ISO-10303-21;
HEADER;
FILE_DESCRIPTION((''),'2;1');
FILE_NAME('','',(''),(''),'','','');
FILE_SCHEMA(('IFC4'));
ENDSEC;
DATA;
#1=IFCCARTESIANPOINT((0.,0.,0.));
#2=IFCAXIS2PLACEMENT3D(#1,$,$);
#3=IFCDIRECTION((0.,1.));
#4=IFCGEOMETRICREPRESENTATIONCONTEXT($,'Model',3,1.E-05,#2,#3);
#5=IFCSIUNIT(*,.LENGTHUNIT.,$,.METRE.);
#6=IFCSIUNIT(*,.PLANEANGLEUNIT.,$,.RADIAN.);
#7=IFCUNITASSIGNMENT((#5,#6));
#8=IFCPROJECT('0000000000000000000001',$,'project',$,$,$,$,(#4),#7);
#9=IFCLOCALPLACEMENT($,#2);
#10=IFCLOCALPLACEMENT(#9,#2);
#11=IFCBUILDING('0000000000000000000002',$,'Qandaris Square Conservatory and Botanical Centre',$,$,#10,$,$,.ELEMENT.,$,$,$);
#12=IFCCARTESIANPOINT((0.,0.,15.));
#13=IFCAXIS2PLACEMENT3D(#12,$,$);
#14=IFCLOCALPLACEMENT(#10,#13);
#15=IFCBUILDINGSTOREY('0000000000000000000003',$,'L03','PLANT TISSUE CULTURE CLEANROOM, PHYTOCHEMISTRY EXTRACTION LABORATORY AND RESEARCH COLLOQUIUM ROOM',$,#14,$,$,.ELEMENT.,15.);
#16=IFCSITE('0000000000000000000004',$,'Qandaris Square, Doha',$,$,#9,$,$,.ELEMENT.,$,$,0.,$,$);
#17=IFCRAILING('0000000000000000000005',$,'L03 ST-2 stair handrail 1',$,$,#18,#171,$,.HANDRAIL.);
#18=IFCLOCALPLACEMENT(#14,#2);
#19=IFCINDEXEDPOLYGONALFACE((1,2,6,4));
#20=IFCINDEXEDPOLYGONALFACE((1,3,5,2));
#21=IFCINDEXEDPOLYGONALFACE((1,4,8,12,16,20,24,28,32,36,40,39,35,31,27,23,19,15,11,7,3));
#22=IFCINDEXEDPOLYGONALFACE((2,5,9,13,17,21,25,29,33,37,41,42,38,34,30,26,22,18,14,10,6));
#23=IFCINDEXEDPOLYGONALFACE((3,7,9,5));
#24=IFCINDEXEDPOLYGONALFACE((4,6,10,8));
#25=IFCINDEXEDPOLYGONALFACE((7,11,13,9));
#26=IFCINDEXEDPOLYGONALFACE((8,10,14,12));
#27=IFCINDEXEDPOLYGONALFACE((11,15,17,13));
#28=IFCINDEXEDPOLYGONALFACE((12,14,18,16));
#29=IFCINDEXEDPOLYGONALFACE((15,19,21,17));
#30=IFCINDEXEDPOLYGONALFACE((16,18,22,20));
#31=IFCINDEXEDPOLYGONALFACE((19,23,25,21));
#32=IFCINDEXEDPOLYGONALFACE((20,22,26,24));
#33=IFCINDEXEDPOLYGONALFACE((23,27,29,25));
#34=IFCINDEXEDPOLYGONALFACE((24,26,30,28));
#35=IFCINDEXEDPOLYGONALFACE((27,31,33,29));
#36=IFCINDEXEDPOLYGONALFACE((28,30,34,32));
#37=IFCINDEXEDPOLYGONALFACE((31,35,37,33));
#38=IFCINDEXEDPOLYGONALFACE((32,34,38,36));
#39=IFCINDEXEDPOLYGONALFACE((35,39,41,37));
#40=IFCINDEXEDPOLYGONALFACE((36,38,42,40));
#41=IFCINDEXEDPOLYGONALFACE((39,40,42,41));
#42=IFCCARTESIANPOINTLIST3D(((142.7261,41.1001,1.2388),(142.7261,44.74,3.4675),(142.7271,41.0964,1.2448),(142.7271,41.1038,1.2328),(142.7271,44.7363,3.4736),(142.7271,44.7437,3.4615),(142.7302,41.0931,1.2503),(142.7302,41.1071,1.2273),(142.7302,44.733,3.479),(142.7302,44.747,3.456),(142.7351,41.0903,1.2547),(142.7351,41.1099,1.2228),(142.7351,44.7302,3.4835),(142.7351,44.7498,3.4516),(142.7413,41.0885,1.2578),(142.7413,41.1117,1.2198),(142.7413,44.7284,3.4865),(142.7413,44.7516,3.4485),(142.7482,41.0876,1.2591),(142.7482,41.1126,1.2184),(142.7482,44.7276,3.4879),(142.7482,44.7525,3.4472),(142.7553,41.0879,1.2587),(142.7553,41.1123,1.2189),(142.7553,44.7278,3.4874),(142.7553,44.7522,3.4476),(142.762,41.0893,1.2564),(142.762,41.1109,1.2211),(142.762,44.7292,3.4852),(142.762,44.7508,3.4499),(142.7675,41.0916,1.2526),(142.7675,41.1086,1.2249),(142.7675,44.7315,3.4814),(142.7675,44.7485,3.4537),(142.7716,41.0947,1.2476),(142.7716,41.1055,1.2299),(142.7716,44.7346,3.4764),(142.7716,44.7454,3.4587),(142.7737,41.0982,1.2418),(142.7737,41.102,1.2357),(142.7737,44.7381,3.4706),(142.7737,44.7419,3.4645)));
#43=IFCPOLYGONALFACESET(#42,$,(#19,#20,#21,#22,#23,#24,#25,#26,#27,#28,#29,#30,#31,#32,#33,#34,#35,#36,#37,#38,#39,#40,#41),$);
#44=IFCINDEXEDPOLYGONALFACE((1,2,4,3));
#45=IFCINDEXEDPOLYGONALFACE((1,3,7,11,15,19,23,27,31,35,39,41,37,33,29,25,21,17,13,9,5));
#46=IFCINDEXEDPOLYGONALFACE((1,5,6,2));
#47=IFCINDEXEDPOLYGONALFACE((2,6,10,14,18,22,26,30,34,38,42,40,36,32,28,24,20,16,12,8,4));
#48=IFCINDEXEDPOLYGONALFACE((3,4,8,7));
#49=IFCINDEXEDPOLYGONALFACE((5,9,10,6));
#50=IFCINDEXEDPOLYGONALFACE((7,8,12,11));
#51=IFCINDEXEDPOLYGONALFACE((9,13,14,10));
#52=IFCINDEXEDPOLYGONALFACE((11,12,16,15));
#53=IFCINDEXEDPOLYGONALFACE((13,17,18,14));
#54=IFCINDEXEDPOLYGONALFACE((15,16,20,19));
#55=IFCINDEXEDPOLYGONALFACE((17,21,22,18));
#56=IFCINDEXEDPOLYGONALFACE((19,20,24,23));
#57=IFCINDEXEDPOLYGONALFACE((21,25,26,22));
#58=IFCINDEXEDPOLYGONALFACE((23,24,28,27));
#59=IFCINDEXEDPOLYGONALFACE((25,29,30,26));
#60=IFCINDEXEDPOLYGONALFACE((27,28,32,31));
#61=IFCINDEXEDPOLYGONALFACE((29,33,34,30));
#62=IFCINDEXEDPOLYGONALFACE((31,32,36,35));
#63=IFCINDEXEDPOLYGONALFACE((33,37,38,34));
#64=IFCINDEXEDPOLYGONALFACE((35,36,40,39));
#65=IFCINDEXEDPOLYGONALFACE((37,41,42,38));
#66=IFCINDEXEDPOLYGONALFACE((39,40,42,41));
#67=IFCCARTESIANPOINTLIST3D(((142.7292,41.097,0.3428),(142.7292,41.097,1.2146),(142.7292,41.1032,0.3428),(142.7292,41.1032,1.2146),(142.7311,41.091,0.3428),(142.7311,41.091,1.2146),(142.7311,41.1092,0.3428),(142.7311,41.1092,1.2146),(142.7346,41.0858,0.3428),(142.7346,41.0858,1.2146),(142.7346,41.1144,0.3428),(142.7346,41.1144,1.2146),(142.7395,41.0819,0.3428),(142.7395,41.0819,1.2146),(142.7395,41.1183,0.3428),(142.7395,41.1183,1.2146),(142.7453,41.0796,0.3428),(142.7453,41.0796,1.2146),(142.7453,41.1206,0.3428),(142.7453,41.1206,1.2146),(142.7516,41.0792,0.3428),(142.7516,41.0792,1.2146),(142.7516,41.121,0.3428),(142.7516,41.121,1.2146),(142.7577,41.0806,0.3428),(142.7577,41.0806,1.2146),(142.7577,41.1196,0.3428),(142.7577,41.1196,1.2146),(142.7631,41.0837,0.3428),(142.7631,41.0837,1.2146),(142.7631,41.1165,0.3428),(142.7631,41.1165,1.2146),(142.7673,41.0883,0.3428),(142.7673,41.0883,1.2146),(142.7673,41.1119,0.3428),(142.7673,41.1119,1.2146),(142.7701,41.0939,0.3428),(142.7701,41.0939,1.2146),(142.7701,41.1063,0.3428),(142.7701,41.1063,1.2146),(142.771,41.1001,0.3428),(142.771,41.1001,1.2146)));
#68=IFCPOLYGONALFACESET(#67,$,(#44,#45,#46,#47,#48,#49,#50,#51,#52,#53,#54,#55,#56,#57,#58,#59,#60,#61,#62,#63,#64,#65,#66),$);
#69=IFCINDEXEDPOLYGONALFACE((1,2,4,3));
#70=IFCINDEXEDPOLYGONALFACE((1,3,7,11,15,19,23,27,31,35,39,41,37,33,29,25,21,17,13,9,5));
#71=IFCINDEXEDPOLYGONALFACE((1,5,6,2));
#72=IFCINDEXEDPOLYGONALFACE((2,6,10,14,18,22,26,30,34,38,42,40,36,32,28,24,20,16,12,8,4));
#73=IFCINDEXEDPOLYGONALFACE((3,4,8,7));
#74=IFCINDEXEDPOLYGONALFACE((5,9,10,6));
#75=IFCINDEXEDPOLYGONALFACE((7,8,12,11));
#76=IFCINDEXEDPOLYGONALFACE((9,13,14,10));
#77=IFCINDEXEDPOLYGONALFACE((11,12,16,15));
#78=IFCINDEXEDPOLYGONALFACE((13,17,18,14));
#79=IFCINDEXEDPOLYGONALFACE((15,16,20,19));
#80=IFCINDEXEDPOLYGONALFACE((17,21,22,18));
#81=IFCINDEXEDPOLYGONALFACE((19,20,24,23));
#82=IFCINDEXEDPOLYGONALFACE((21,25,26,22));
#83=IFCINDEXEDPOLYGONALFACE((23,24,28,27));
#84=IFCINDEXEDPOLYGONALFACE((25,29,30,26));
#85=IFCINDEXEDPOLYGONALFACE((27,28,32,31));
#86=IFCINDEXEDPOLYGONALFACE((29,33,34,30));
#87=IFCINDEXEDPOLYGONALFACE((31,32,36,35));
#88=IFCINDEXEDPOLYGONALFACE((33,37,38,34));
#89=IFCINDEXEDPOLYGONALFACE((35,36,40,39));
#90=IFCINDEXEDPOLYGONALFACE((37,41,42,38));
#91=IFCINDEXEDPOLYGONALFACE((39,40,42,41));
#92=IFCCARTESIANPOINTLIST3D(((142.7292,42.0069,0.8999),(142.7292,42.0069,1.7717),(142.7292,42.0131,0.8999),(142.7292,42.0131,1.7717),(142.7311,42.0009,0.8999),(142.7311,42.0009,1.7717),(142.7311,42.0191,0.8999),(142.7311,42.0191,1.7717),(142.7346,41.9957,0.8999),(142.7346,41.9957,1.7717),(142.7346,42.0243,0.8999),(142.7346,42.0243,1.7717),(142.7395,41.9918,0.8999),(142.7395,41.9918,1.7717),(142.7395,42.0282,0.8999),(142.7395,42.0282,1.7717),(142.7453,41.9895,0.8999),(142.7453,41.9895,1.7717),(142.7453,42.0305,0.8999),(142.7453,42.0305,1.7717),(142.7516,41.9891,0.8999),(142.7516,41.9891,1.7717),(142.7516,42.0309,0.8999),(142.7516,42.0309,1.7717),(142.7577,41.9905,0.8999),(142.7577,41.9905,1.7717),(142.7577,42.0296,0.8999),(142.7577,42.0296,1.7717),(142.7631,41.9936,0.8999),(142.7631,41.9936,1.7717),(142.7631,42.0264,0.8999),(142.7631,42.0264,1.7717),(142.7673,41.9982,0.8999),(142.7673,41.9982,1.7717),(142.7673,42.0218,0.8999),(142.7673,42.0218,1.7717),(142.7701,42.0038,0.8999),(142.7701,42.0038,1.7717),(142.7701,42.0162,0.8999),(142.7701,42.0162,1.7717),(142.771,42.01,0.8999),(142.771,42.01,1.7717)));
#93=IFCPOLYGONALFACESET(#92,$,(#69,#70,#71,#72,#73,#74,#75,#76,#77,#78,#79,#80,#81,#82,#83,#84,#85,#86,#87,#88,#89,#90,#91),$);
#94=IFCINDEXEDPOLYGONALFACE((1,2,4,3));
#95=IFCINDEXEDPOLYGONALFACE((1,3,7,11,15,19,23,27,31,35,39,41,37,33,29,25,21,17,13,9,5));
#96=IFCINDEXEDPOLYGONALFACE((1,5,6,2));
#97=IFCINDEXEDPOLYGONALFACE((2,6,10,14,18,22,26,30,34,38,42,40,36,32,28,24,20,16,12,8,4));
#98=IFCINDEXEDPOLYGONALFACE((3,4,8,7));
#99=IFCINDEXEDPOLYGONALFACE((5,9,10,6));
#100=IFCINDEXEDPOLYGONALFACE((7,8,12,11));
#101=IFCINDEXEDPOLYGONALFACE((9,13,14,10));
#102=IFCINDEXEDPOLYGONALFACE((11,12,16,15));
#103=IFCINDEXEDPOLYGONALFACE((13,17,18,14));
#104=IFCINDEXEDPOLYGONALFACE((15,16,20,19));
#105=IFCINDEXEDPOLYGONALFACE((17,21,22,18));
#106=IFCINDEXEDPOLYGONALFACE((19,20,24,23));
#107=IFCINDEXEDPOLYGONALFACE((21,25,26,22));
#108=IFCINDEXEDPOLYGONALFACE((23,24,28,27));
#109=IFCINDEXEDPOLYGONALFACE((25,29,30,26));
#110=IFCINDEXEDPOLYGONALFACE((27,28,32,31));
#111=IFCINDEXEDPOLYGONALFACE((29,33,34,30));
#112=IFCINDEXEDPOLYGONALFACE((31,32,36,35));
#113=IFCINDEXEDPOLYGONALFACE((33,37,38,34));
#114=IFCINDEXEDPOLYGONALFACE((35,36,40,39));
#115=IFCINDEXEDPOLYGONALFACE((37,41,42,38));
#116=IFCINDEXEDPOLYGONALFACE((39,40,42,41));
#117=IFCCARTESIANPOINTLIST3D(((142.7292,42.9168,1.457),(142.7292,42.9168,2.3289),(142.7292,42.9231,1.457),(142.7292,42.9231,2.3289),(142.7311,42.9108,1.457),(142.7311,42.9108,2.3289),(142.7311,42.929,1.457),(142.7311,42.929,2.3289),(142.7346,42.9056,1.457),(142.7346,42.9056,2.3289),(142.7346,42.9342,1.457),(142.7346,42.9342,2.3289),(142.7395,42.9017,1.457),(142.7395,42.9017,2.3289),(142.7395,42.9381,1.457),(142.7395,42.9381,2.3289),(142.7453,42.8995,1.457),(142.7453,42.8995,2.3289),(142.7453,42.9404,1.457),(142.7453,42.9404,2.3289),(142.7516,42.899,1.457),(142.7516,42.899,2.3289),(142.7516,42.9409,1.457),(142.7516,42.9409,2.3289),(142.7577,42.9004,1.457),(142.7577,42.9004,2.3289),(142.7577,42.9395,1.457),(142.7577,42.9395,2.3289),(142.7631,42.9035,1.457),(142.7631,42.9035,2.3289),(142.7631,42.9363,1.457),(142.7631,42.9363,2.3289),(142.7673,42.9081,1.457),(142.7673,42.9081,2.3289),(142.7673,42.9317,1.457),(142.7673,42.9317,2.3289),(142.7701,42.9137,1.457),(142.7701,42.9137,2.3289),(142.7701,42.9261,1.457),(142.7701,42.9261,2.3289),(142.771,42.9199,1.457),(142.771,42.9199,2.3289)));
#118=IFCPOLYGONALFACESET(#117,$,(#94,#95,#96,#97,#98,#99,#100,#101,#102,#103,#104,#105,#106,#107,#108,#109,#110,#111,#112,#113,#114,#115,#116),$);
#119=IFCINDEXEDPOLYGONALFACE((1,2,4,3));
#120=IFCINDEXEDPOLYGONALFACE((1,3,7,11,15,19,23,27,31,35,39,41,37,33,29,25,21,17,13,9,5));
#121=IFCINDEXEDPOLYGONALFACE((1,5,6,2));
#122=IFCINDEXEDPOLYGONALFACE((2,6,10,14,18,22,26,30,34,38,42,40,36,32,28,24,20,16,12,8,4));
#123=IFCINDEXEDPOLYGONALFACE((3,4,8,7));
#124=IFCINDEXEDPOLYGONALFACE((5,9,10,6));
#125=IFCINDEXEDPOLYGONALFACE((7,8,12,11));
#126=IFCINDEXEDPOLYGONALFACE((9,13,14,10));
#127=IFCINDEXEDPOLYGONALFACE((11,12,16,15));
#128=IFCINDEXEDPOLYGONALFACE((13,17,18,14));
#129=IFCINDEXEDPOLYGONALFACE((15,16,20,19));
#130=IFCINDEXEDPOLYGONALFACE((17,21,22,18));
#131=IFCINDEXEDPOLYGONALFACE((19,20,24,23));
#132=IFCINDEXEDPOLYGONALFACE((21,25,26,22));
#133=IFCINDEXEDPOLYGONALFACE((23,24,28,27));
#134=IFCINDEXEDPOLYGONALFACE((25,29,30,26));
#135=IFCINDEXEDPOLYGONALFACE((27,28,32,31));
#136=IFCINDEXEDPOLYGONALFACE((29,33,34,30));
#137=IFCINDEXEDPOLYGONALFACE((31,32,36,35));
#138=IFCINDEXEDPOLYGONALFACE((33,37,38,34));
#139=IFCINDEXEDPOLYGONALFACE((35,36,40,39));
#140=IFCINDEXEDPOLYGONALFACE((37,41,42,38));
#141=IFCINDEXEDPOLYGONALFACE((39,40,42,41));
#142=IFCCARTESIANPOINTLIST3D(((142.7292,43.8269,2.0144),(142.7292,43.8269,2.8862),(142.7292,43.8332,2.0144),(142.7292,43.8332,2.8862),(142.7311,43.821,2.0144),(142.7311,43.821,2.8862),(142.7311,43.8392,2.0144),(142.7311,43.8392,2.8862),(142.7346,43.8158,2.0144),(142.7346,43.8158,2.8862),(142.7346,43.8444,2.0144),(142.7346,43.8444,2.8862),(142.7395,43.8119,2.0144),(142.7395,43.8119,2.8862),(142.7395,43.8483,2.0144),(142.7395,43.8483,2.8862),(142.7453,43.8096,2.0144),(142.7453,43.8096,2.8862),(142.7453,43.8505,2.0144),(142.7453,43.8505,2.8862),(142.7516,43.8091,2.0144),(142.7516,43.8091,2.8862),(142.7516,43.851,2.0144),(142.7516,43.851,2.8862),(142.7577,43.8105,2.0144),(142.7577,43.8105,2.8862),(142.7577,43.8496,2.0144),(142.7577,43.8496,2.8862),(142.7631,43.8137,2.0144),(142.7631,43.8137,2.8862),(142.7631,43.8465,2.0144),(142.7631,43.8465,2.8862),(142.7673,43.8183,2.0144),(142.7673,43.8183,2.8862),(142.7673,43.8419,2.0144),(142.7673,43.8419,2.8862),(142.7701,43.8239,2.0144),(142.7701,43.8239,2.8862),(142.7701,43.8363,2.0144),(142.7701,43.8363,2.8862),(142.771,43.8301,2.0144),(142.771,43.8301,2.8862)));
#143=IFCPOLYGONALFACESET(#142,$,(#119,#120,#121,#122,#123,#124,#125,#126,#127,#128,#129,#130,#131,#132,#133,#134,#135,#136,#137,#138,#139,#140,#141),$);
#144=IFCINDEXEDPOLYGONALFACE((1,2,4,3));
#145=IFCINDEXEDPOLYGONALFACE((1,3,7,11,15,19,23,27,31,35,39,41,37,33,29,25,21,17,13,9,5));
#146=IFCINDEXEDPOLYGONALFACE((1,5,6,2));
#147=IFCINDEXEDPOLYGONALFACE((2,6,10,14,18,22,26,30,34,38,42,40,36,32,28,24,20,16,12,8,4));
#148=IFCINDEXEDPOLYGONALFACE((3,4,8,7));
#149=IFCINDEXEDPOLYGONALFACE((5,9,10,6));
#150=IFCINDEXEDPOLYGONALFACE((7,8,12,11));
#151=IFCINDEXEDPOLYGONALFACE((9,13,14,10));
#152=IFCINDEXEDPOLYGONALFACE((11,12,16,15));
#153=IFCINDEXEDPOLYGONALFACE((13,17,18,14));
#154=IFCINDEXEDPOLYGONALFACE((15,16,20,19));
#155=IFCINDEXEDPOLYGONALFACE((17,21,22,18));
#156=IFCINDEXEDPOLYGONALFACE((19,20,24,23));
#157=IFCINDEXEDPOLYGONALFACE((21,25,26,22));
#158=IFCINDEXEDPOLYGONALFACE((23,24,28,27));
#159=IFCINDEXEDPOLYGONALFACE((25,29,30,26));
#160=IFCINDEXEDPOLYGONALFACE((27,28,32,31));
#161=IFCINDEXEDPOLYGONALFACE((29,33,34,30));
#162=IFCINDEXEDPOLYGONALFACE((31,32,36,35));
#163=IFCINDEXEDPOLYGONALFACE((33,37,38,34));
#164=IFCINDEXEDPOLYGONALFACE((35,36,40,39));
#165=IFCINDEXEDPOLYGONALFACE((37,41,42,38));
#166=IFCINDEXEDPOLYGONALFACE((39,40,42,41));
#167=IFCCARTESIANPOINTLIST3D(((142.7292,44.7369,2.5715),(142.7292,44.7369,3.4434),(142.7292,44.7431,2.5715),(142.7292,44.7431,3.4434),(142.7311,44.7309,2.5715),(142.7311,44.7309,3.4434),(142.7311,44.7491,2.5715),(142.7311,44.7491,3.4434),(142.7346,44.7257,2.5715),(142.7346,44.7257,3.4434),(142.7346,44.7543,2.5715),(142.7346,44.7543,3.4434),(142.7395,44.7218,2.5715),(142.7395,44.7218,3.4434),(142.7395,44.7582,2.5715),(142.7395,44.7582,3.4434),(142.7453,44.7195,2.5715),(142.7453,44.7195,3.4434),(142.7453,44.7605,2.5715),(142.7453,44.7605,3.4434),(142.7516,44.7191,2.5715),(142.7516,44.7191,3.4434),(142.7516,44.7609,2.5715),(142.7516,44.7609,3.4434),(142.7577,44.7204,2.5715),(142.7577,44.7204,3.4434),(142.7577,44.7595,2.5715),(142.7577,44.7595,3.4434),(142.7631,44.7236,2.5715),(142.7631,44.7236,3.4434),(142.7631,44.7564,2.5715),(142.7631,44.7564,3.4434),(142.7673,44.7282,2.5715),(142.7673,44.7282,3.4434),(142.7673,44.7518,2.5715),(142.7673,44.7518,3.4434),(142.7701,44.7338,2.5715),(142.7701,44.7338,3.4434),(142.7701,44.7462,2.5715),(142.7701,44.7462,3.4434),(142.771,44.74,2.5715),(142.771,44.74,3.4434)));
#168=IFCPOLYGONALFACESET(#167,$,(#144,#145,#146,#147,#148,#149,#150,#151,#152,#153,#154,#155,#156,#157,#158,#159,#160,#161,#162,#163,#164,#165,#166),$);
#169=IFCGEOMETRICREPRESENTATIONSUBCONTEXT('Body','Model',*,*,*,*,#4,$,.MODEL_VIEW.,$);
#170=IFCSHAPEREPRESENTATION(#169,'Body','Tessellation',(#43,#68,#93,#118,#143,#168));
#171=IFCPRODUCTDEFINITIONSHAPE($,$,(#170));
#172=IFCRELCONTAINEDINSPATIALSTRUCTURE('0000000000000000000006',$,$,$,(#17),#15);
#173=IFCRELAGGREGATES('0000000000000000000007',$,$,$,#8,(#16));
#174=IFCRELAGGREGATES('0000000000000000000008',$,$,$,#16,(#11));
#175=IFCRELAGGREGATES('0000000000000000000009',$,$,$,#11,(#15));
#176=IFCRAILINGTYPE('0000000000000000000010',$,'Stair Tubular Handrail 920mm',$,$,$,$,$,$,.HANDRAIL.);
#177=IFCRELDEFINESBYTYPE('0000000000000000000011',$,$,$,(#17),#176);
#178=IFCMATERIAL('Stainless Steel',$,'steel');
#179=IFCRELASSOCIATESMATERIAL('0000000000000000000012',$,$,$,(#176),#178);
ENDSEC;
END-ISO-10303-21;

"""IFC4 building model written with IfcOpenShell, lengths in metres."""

from ifc_helpers import new_model, si_unit, direction, frame, origin, origin_2d, place, context, subcontext, project, spatial, circle, extrude, material, type_object, element, save


model = new_model("IFC4")

# Units and contexts
model_context = context("Model", 3, precision=1e-05, world=origin(), true_north=direction((0.0, 1.0)))
body_context = subcontext(model_context, "Body", "Model", "MODEL_VIEW")
ifc_project = project(units=[si_unit("LENGTHUNIT", "METRE"), si_unit("PLANEANGLEUNIT", "RADIAN")], contexts=[model_context])

# Site, building, storey
site_placement = place(None, origin())
site = spatial("IfcSite", under=ifc_project, at=site_placement, Name="Qandaris Square, Doha", CompositionType="ELEMENT", RefElevation=0.0)
building_placement = place(site_placement, origin())
building = spatial("IfcBuilding", under=site, at=building_placement, Name="Qandaris Square Conservatory and Botanical Centre", CompositionType="ELEMENT")
storey_placement = place(building_placement, frame((0.0, 0.0, 15.0)))
storey = spatial("IfcBuildingStorey", under=building, at=storey_placement, Name="L03", Description="PLANT TISSUE CULTURE CLEANROOM, PHYTOCHEMISTRY EXTRACTION LABORATORY AND RESEARCH COLLOQUIUM ROOM", CompositionType="ELEMENT", Elevation=15.0)

# Railing
ifc_material_1 = material(Name="Stainless Steel", Category="steel")
railing_type_1 = type_object("IfcRailingType", Name="Stair Tubular Handrail 920mm", PredefinedType="HANDRAIL", material=ifc_material_1)
railing_1_placement = place(storey_placement, frame((142.75, 41.1001, 0.3428)))
element("IfcRailing", 1, at=railing_1_placement, inside=storey, type_object=railing_type_1, Name="L03 ST-2 stair handrail 1", PredefinedType="HANDRAIL", context=body_context, shape_type="SweptSolid", body=[
    extrude(circle(Radius=0.0239, at=origin_2d()), frame((0.0, 0.0, 0.896), z_axis=(0.0, 0.852825, 0.522197), x_axis=(-1.0, 0.0, 0.0)), (0.0, 0.0, 1.0), 4.2681),
    extrude(circle(Radius=0.021, at=origin_2d()), origin(), (0.0, 0.0, 1.0), 0.8718),
    extrude(circle(Radius=0.021, at=origin_2d()), frame((0.0, 0.9099, 0.5571)), (0.0, 0.0, 1.0), 0.8718),
    extrude(circle(Radius=0.021, at=origin_2d()), frame((0.0, 1.8198, 1.1143)), (0.0, 0.0, 1.0), 0.8718),
    extrude(circle(Radius=0.021, at=origin_2d()), frame((0.0, 2.73, 1.6716)), (0.0, 0.0, 1.0), 0.8718),
    extrude(circle(Radius=0.021, at=origin_2d()), frame((0.0, 3.6399, 2.2288)), (0.0, 0.0, 1.0), 0.8718),
])

save(model, "model.ifc")
